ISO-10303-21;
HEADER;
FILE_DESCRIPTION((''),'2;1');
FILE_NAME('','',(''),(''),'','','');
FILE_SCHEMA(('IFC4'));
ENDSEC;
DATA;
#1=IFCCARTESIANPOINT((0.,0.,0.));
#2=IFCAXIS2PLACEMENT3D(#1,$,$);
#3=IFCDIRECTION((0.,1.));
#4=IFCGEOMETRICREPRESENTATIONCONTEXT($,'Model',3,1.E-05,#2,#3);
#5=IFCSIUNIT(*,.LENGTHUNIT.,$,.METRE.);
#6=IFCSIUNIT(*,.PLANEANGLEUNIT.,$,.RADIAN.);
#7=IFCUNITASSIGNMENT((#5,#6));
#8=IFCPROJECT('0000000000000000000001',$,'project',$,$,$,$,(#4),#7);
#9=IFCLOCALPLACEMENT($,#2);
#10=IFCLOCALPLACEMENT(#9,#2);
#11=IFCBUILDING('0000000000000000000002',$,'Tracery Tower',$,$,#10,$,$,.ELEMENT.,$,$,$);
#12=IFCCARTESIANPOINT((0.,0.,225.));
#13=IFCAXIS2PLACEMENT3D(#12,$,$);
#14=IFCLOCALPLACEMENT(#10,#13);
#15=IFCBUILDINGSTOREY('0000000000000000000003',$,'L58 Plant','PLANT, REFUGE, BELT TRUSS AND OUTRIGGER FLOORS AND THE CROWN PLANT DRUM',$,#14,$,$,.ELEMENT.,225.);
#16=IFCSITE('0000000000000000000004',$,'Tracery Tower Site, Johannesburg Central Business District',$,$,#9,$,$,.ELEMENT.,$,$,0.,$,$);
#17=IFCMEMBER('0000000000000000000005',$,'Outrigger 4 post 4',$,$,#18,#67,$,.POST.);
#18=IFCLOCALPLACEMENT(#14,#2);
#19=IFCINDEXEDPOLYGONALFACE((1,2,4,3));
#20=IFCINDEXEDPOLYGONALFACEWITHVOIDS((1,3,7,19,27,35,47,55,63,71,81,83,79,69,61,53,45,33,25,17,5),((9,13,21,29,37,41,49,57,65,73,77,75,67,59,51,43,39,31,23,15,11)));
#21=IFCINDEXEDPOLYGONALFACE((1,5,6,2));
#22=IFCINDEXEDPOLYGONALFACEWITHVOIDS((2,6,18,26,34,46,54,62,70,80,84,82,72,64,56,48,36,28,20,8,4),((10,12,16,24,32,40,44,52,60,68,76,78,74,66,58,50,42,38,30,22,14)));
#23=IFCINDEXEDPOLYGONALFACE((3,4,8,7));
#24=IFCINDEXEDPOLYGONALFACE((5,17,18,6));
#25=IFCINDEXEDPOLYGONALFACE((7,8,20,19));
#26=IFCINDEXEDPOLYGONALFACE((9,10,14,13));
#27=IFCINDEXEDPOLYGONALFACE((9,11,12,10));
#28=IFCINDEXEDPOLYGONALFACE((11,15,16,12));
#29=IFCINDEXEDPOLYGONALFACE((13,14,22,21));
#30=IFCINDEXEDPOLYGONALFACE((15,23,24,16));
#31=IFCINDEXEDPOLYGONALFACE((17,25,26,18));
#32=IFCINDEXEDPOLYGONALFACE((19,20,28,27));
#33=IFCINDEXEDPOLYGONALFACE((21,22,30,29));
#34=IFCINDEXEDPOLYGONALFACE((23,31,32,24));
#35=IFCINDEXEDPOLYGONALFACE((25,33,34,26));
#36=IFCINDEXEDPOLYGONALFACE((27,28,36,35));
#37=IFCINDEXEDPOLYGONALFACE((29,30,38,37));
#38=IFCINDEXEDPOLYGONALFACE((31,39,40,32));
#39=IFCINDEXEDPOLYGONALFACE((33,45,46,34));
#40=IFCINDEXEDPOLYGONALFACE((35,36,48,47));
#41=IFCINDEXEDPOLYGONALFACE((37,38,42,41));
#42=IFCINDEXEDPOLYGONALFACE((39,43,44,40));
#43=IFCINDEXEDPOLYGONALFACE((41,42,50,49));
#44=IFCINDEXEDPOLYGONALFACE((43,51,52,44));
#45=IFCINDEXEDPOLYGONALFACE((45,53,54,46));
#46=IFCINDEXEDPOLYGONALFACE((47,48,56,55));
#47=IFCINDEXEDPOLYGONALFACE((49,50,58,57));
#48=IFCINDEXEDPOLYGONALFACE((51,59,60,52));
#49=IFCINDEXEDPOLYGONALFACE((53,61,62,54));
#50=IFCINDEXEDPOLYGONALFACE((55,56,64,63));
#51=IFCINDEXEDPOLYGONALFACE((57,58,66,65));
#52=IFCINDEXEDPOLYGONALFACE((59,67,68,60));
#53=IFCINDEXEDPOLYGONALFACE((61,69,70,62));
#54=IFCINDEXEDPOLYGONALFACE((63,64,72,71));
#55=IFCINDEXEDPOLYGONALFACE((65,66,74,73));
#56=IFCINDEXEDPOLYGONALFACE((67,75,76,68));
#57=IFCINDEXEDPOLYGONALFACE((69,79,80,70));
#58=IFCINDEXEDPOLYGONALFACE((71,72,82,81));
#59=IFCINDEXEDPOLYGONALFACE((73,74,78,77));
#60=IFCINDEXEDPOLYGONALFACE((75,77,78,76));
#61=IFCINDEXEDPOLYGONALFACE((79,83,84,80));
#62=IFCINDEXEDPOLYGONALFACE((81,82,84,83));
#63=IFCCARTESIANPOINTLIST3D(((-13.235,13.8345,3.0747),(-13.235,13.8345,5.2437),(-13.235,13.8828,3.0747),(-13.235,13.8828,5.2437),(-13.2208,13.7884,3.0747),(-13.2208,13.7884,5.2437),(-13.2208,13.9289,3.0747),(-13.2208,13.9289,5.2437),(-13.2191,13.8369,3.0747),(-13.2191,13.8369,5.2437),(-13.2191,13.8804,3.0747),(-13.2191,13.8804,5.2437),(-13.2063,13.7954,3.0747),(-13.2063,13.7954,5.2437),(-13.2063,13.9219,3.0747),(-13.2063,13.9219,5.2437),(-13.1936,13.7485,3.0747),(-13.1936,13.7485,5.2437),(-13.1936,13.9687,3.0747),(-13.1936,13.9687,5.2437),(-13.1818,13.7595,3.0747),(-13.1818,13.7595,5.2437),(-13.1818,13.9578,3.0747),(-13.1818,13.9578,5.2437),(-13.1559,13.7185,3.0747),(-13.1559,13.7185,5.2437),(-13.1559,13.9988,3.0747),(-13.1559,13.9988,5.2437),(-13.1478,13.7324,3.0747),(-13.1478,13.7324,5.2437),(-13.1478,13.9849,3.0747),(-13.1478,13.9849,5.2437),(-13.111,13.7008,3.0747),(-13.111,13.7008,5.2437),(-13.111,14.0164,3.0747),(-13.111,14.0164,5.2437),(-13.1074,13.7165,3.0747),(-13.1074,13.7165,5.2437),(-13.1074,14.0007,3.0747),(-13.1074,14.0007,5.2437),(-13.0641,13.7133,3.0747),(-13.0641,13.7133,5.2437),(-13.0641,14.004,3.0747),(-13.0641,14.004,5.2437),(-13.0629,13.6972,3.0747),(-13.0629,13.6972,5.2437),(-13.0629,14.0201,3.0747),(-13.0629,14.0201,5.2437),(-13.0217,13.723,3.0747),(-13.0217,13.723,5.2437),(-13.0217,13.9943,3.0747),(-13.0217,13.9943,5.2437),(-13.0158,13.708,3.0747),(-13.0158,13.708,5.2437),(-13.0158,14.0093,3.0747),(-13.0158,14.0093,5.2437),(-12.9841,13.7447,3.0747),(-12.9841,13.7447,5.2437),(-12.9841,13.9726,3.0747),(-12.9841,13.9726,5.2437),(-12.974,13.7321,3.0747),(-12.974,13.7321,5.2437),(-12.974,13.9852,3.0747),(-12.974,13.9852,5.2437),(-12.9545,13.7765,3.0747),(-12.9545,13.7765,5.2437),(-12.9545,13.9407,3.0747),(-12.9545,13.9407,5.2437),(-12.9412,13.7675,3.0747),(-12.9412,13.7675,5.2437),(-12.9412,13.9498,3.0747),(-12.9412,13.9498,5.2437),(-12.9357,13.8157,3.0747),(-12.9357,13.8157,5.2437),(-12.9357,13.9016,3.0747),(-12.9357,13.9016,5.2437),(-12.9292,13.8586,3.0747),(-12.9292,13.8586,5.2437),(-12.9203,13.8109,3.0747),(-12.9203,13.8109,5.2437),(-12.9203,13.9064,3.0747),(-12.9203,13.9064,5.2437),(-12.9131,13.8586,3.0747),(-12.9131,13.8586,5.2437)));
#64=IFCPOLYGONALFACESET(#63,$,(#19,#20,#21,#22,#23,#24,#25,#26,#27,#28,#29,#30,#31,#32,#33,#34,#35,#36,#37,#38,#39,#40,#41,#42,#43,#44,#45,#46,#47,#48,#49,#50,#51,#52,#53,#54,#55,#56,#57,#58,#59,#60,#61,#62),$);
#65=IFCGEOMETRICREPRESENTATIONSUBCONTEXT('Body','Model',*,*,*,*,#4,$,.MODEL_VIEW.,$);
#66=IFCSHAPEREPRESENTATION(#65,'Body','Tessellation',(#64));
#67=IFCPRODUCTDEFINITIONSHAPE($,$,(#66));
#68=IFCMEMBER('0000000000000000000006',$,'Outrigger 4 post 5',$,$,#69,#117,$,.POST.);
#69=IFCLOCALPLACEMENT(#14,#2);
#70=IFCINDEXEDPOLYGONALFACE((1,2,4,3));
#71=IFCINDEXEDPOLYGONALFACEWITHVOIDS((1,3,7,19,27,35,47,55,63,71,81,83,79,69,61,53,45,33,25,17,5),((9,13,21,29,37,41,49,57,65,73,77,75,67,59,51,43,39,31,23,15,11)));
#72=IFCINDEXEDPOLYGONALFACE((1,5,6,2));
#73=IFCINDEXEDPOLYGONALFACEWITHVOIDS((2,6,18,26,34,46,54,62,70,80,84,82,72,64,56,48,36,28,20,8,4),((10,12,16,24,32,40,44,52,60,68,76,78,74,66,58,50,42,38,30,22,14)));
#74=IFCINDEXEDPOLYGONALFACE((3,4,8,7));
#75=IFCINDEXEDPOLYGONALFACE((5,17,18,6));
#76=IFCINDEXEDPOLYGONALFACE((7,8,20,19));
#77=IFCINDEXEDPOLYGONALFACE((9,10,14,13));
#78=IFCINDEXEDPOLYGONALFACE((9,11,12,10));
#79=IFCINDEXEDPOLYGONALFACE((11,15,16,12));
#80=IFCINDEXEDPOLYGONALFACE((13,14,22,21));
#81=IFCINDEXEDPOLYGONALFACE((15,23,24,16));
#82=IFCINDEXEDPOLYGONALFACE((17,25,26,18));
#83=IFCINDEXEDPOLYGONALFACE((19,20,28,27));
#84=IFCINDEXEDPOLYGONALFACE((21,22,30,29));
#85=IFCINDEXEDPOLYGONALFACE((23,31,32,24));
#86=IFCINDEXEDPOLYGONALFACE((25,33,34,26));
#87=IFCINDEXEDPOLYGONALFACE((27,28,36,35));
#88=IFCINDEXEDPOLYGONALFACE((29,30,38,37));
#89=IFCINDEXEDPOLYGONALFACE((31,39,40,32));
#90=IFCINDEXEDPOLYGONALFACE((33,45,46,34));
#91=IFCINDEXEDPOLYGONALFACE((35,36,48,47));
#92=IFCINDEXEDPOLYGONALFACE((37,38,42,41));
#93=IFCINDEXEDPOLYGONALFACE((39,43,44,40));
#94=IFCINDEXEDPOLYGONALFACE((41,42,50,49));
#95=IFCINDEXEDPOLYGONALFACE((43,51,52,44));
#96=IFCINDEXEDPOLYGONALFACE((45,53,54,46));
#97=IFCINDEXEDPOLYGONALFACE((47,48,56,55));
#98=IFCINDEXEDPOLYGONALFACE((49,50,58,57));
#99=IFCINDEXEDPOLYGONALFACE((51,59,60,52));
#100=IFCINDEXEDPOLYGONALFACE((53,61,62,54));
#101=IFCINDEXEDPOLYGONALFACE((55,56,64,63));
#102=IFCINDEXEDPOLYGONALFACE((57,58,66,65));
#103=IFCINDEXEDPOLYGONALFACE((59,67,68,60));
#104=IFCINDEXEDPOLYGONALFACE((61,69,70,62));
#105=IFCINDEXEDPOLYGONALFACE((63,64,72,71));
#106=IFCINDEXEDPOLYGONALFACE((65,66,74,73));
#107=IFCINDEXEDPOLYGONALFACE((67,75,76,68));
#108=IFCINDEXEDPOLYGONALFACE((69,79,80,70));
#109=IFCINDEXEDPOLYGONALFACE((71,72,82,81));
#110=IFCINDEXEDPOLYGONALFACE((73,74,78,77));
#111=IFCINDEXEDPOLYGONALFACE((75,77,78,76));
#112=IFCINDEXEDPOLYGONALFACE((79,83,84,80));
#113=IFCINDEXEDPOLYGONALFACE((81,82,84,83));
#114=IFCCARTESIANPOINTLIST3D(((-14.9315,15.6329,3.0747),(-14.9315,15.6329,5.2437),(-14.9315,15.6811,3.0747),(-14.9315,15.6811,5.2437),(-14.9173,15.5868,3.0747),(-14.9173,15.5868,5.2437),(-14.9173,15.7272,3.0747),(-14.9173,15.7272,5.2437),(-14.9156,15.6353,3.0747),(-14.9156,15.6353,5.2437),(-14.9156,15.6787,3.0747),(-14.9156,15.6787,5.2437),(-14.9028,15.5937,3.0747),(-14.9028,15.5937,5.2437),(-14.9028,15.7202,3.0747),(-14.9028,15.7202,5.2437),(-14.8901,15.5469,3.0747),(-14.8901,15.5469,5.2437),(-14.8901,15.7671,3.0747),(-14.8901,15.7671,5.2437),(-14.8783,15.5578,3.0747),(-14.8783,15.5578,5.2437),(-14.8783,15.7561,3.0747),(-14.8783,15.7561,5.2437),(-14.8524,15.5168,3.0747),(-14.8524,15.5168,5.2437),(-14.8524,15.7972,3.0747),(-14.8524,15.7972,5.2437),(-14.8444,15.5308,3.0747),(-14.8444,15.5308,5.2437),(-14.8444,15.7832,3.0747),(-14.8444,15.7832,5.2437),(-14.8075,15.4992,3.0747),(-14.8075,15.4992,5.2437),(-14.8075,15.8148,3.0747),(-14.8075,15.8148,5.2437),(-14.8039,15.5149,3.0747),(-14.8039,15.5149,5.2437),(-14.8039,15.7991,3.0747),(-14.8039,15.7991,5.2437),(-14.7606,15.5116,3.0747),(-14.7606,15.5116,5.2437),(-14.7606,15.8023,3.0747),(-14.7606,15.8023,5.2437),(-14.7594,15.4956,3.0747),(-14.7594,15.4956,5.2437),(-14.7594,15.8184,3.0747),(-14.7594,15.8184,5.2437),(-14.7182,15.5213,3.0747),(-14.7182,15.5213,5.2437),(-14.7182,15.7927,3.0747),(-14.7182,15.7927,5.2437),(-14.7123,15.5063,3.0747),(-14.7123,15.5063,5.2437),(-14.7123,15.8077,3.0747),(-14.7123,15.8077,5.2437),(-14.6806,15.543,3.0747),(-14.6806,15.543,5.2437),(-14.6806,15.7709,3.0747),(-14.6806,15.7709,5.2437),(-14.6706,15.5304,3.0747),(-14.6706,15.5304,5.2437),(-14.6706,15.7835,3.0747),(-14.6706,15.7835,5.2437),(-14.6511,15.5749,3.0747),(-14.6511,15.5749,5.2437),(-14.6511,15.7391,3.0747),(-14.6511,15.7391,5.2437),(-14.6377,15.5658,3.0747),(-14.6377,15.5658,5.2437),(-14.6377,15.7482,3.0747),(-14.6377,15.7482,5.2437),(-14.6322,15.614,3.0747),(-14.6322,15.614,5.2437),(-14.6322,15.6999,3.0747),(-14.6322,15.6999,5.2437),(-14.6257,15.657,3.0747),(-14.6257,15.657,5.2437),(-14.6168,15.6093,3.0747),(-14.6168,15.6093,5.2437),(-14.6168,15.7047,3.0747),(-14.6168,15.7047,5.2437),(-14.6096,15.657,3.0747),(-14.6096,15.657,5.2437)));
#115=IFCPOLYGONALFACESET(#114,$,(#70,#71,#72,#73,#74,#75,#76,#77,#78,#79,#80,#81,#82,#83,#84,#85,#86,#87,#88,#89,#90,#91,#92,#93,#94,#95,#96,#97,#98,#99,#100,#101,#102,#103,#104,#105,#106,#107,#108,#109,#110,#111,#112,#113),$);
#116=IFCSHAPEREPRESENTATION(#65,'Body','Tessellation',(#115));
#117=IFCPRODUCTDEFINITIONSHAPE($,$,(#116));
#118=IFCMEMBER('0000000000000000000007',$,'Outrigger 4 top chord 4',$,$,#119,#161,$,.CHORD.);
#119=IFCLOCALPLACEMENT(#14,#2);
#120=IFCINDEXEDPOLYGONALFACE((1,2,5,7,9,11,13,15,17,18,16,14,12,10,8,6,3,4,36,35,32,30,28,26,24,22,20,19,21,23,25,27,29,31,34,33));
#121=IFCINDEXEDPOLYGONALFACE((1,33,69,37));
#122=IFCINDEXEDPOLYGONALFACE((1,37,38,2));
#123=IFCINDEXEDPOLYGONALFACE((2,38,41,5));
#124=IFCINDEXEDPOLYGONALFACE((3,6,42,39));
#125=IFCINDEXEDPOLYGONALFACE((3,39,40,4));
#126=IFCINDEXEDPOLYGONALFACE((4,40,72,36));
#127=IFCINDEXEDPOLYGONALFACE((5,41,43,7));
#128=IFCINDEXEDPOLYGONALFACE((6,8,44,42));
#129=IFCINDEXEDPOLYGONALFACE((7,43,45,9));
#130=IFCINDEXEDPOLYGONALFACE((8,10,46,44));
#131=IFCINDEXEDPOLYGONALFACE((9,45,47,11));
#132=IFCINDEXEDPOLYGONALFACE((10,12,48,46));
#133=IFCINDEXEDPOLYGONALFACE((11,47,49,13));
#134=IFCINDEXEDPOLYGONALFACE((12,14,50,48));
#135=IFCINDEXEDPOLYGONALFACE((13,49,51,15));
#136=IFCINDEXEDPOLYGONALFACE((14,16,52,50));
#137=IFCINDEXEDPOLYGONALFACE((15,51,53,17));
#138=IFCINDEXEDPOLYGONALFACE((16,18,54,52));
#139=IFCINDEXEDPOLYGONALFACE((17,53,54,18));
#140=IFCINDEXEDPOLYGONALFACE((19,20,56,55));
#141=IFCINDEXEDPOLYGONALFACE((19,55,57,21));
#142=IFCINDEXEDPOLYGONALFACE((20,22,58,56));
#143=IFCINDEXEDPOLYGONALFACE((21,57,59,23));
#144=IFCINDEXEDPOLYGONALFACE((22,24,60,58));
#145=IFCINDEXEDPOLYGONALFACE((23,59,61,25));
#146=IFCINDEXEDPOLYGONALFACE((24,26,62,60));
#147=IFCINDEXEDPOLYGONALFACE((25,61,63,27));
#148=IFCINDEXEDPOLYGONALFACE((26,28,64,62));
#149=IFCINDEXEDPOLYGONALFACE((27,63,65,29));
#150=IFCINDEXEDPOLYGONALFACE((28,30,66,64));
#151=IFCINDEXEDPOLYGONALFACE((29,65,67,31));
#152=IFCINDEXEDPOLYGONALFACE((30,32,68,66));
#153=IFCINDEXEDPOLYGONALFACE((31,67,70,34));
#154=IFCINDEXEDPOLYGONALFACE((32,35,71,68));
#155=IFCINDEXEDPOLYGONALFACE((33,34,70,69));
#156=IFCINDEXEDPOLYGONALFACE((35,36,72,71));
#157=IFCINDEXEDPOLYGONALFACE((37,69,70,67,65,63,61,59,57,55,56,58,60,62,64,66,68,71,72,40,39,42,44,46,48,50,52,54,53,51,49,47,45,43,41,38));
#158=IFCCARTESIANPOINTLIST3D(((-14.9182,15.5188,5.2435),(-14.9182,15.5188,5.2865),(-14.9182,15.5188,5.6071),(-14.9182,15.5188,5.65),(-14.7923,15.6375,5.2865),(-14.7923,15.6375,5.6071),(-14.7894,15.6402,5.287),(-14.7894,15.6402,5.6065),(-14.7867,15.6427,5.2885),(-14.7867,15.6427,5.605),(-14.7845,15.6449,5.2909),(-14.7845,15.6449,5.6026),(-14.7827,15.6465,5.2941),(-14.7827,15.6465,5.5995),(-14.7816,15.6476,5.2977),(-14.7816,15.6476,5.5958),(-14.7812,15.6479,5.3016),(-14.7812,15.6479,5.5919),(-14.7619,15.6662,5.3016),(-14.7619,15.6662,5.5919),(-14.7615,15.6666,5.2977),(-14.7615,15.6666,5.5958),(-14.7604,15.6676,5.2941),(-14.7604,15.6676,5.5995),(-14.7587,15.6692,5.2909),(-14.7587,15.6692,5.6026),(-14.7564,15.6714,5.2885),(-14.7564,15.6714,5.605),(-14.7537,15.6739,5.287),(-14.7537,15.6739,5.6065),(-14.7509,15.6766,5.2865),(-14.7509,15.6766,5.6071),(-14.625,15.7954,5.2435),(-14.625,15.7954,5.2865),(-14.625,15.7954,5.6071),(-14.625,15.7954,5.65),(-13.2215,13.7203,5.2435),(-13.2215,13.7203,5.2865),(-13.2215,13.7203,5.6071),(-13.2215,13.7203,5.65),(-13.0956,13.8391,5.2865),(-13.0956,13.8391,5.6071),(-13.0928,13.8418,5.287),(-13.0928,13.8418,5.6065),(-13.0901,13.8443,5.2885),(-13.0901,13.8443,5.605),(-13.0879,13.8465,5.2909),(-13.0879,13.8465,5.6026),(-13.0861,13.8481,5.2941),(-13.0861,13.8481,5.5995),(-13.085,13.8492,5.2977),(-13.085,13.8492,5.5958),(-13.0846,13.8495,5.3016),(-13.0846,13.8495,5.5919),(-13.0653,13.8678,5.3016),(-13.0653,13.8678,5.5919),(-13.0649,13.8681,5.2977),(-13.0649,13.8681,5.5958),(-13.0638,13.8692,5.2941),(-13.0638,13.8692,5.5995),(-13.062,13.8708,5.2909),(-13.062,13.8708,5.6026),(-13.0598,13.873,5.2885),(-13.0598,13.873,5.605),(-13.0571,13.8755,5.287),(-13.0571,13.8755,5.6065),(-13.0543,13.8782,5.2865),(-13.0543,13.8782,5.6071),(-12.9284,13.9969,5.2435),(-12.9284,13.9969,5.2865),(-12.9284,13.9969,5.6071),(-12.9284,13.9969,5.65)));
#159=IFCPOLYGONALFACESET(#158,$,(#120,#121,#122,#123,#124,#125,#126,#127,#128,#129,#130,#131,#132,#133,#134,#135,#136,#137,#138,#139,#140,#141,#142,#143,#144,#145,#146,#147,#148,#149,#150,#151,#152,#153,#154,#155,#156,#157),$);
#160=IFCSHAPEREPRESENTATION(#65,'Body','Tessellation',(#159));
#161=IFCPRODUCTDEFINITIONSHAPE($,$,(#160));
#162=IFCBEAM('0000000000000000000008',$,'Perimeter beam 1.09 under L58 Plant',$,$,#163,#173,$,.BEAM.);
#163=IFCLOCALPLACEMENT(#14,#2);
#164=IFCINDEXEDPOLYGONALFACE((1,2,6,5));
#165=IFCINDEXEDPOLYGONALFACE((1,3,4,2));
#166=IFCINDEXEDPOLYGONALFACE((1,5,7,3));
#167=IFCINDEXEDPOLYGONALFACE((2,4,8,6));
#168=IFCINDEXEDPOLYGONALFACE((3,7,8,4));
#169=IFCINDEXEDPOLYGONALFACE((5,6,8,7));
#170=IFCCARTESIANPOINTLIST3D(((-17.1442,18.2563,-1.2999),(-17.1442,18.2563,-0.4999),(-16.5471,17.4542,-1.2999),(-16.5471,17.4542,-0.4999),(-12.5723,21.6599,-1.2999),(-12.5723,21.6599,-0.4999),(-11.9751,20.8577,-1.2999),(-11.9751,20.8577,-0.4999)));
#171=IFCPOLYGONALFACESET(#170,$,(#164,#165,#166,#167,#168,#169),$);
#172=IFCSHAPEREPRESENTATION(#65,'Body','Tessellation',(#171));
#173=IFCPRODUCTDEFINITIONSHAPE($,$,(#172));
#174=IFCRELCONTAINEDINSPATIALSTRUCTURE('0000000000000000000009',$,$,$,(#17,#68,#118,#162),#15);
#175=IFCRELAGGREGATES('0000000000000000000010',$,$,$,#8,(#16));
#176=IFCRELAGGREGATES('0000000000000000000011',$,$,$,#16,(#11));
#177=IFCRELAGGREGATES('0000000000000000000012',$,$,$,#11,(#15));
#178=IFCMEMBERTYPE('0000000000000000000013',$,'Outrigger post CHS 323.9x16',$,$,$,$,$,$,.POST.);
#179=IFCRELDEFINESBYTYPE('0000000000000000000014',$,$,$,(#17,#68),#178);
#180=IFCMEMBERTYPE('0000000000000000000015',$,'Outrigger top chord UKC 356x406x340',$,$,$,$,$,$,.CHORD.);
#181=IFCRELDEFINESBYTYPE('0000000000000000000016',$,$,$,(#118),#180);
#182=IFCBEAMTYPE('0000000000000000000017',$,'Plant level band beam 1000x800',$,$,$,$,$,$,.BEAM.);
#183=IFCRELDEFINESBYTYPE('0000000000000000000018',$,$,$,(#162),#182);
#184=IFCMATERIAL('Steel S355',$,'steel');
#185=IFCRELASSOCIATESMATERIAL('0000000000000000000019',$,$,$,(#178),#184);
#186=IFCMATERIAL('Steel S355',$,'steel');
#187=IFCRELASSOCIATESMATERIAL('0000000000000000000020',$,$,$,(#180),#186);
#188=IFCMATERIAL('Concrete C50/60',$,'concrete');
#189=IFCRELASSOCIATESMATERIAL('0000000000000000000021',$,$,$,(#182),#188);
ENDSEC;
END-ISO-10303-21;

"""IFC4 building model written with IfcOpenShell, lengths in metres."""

from ifc_helpers import new_model, si_unit, direction, frame, origin, origin_2d, place, context, subcontext, project, spatial, rectangle, hollow_circle, i_section, extrude, material, material_profile, profile_set, type_object, element, save


model = new_model("IFC4")

# Units and contexts
model_context = context("Model", 3, precision=1e-05, world=origin(), true_north=direction((0.0, 1.0)))
body_context = subcontext(model_context, "Body", "Model", "MODEL_VIEW")
ifc_project = project(units=[si_unit("LENGTHUNIT", "METRE"), si_unit("PLANEANGLEUNIT", "RADIAN")], contexts=[model_context])

# Site, building, storey
site_placement = place(None, origin())
site = spatial("IfcSite", under=ifc_project, at=site_placement, Name="Tracery Tower Site, Johannesburg Central Business District", CompositionType="ELEMENT", RefElevation=0.0)
building_placement = place(site_placement, origin())
building = spatial("IfcBuilding", under=site, at=building_placement, Name="Tracery Tower", CompositionType="ELEMENT")
storey_placement = place(building_placement, frame((0.0, 0.0, 225.0)))
storey = spatial("IfcBuildingStorey", under=building, at=storey_placement, Name="L58 Plant", Description="PLANT, REFUGE, BELT TRUSS AND OUTRIGGER FLOORS AND THE CROWN PLANT DRUM", CompositionType="ELEMENT", Elevation=225.0)

# Members
ifc_material_1 = material(Name="Steel S355", Category="steel")
ifc_material_profile_1 = material_profile(ifc_material_1, hollow_circle(Radius=0.1619, WallThickness=0.0161, at=origin_2d()), Name="CHS 323.9x16")
ifc_profile_set_1 = profile_set([ifc_material_profile_1], Name="Steel S355")
member_type_1 = type_object("IfcMemberType", Name="Outrigger post CHS 323.9x16", PredefinedType="POST", material=ifc_profile_set_1)
for number, where, z_axis, x_axis, name in (
    (1, (-13.075, 13.8586, 3.0747), (0.0, 0.0, 1.0), (1.0, 0.0, 0.0), "Outrigger 4 post 4"),
    (2, (-14.7715, 15.657, 3.0747), (0.0, 0.0, 1.0), (1.0, 0.0, 0.0), "Outrigger 4 post 5"),
):
    element("IfcMember", number, at=place(storey_placement, frame(where, z_axis=z_axis, x_axis=x_axis)), inside=storey, type_object=member_type_1, Name=name, PredefinedType="POST", context=body_context, shape_type="SweptSolid", body=[
        extrude(hollow_circle(Radius=0.1619, WallThickness=0.0161, at=origin_2d()), origin(), (0.0, 0.0, 1.0), 2.1689),
    ])
ifc_material_2 = material(Name="Steel S355", Category="steel")
ifc_material_profile_2 = material_profile(ifc_material_2, i_section(OverallWidth=0.4031, OverallDepth=0.4065, WebThickness=0.0266, FlangeThickness=0.043, FilletRadius=0.0151, at=origin_2d()), Name="UKC 356x406x340")
ifc_profile_set_2 = profile_set([ifc_material_profile_2], Name="Steel S355")
member_type_2 = type_object("IfcMemberType", Name="Outrigger top chord UKC 356x406x340", PredefinedType="CHORD", material=ifc_profile_set_2)
member_1_placement = place(storey_placement, frame((-13.075, 13.8586, 5.4468), z_axis=(-0.686217, 0.727396, 0.0), x_axis=(-0.727396, -0.686217, 0.0)))
element("IfcMember", 3, at=member_1_placement, inside=storey, type_object=member_type_2, Name="Outrigger 4 top chord 4", PredefinedType="CHORD", context=body_context, shape_type="SweptSolid", body=[
    extrude(i_section(OverallWidth=0.4031, OverallDepth=0.4065, WebThickness=0.0266, FlangeThickness=0.043, FilletRadius=0.0151, at=origin_2d()), origin(), (0.0, 0.0, 1.0), 2.4724),
])

# Beam
ifc_material_3 = material(Name="Concrete C50/60", Category="concrete")
ifc_material_profile_3 = material_profile(ifc_material_3, rectangle(XDim=1.0, YDim=0.8, at=origin_2d()), Name="RC 1000x800")
ifc_profile_set_3 = profile_set([ifc_material_profile_3], Name="Concrete C50/60")
beam_type = type_object("IfcBeamType", Name="Plant level band beam 1000x800", PredefinedType="BEAM", material=ifc_profile_set_3)
beam_placement = place(storey_placement, frame((-12.2737, 21.2588, -0.8999), z_axis=(-0.802138, -0.597138, 0.0), x_axis=(0.597138, -0.802138, 0.0)))
element("IfcBeam", 4, at=beam_placement, inside=storey, type_object=beam_type, Name="Perimeter beam 1.09 under L58 Plant", PredefinedType="BEAM", context=body_context, shape_type="SweptSolid", body=[
    extrude(rectangle(XDim=1.0, YDim=0.8, at=origin_2d()), origin(), (0.0, 0.0, 1.0), 5.6997),
])

save(model, "model.ifc")
